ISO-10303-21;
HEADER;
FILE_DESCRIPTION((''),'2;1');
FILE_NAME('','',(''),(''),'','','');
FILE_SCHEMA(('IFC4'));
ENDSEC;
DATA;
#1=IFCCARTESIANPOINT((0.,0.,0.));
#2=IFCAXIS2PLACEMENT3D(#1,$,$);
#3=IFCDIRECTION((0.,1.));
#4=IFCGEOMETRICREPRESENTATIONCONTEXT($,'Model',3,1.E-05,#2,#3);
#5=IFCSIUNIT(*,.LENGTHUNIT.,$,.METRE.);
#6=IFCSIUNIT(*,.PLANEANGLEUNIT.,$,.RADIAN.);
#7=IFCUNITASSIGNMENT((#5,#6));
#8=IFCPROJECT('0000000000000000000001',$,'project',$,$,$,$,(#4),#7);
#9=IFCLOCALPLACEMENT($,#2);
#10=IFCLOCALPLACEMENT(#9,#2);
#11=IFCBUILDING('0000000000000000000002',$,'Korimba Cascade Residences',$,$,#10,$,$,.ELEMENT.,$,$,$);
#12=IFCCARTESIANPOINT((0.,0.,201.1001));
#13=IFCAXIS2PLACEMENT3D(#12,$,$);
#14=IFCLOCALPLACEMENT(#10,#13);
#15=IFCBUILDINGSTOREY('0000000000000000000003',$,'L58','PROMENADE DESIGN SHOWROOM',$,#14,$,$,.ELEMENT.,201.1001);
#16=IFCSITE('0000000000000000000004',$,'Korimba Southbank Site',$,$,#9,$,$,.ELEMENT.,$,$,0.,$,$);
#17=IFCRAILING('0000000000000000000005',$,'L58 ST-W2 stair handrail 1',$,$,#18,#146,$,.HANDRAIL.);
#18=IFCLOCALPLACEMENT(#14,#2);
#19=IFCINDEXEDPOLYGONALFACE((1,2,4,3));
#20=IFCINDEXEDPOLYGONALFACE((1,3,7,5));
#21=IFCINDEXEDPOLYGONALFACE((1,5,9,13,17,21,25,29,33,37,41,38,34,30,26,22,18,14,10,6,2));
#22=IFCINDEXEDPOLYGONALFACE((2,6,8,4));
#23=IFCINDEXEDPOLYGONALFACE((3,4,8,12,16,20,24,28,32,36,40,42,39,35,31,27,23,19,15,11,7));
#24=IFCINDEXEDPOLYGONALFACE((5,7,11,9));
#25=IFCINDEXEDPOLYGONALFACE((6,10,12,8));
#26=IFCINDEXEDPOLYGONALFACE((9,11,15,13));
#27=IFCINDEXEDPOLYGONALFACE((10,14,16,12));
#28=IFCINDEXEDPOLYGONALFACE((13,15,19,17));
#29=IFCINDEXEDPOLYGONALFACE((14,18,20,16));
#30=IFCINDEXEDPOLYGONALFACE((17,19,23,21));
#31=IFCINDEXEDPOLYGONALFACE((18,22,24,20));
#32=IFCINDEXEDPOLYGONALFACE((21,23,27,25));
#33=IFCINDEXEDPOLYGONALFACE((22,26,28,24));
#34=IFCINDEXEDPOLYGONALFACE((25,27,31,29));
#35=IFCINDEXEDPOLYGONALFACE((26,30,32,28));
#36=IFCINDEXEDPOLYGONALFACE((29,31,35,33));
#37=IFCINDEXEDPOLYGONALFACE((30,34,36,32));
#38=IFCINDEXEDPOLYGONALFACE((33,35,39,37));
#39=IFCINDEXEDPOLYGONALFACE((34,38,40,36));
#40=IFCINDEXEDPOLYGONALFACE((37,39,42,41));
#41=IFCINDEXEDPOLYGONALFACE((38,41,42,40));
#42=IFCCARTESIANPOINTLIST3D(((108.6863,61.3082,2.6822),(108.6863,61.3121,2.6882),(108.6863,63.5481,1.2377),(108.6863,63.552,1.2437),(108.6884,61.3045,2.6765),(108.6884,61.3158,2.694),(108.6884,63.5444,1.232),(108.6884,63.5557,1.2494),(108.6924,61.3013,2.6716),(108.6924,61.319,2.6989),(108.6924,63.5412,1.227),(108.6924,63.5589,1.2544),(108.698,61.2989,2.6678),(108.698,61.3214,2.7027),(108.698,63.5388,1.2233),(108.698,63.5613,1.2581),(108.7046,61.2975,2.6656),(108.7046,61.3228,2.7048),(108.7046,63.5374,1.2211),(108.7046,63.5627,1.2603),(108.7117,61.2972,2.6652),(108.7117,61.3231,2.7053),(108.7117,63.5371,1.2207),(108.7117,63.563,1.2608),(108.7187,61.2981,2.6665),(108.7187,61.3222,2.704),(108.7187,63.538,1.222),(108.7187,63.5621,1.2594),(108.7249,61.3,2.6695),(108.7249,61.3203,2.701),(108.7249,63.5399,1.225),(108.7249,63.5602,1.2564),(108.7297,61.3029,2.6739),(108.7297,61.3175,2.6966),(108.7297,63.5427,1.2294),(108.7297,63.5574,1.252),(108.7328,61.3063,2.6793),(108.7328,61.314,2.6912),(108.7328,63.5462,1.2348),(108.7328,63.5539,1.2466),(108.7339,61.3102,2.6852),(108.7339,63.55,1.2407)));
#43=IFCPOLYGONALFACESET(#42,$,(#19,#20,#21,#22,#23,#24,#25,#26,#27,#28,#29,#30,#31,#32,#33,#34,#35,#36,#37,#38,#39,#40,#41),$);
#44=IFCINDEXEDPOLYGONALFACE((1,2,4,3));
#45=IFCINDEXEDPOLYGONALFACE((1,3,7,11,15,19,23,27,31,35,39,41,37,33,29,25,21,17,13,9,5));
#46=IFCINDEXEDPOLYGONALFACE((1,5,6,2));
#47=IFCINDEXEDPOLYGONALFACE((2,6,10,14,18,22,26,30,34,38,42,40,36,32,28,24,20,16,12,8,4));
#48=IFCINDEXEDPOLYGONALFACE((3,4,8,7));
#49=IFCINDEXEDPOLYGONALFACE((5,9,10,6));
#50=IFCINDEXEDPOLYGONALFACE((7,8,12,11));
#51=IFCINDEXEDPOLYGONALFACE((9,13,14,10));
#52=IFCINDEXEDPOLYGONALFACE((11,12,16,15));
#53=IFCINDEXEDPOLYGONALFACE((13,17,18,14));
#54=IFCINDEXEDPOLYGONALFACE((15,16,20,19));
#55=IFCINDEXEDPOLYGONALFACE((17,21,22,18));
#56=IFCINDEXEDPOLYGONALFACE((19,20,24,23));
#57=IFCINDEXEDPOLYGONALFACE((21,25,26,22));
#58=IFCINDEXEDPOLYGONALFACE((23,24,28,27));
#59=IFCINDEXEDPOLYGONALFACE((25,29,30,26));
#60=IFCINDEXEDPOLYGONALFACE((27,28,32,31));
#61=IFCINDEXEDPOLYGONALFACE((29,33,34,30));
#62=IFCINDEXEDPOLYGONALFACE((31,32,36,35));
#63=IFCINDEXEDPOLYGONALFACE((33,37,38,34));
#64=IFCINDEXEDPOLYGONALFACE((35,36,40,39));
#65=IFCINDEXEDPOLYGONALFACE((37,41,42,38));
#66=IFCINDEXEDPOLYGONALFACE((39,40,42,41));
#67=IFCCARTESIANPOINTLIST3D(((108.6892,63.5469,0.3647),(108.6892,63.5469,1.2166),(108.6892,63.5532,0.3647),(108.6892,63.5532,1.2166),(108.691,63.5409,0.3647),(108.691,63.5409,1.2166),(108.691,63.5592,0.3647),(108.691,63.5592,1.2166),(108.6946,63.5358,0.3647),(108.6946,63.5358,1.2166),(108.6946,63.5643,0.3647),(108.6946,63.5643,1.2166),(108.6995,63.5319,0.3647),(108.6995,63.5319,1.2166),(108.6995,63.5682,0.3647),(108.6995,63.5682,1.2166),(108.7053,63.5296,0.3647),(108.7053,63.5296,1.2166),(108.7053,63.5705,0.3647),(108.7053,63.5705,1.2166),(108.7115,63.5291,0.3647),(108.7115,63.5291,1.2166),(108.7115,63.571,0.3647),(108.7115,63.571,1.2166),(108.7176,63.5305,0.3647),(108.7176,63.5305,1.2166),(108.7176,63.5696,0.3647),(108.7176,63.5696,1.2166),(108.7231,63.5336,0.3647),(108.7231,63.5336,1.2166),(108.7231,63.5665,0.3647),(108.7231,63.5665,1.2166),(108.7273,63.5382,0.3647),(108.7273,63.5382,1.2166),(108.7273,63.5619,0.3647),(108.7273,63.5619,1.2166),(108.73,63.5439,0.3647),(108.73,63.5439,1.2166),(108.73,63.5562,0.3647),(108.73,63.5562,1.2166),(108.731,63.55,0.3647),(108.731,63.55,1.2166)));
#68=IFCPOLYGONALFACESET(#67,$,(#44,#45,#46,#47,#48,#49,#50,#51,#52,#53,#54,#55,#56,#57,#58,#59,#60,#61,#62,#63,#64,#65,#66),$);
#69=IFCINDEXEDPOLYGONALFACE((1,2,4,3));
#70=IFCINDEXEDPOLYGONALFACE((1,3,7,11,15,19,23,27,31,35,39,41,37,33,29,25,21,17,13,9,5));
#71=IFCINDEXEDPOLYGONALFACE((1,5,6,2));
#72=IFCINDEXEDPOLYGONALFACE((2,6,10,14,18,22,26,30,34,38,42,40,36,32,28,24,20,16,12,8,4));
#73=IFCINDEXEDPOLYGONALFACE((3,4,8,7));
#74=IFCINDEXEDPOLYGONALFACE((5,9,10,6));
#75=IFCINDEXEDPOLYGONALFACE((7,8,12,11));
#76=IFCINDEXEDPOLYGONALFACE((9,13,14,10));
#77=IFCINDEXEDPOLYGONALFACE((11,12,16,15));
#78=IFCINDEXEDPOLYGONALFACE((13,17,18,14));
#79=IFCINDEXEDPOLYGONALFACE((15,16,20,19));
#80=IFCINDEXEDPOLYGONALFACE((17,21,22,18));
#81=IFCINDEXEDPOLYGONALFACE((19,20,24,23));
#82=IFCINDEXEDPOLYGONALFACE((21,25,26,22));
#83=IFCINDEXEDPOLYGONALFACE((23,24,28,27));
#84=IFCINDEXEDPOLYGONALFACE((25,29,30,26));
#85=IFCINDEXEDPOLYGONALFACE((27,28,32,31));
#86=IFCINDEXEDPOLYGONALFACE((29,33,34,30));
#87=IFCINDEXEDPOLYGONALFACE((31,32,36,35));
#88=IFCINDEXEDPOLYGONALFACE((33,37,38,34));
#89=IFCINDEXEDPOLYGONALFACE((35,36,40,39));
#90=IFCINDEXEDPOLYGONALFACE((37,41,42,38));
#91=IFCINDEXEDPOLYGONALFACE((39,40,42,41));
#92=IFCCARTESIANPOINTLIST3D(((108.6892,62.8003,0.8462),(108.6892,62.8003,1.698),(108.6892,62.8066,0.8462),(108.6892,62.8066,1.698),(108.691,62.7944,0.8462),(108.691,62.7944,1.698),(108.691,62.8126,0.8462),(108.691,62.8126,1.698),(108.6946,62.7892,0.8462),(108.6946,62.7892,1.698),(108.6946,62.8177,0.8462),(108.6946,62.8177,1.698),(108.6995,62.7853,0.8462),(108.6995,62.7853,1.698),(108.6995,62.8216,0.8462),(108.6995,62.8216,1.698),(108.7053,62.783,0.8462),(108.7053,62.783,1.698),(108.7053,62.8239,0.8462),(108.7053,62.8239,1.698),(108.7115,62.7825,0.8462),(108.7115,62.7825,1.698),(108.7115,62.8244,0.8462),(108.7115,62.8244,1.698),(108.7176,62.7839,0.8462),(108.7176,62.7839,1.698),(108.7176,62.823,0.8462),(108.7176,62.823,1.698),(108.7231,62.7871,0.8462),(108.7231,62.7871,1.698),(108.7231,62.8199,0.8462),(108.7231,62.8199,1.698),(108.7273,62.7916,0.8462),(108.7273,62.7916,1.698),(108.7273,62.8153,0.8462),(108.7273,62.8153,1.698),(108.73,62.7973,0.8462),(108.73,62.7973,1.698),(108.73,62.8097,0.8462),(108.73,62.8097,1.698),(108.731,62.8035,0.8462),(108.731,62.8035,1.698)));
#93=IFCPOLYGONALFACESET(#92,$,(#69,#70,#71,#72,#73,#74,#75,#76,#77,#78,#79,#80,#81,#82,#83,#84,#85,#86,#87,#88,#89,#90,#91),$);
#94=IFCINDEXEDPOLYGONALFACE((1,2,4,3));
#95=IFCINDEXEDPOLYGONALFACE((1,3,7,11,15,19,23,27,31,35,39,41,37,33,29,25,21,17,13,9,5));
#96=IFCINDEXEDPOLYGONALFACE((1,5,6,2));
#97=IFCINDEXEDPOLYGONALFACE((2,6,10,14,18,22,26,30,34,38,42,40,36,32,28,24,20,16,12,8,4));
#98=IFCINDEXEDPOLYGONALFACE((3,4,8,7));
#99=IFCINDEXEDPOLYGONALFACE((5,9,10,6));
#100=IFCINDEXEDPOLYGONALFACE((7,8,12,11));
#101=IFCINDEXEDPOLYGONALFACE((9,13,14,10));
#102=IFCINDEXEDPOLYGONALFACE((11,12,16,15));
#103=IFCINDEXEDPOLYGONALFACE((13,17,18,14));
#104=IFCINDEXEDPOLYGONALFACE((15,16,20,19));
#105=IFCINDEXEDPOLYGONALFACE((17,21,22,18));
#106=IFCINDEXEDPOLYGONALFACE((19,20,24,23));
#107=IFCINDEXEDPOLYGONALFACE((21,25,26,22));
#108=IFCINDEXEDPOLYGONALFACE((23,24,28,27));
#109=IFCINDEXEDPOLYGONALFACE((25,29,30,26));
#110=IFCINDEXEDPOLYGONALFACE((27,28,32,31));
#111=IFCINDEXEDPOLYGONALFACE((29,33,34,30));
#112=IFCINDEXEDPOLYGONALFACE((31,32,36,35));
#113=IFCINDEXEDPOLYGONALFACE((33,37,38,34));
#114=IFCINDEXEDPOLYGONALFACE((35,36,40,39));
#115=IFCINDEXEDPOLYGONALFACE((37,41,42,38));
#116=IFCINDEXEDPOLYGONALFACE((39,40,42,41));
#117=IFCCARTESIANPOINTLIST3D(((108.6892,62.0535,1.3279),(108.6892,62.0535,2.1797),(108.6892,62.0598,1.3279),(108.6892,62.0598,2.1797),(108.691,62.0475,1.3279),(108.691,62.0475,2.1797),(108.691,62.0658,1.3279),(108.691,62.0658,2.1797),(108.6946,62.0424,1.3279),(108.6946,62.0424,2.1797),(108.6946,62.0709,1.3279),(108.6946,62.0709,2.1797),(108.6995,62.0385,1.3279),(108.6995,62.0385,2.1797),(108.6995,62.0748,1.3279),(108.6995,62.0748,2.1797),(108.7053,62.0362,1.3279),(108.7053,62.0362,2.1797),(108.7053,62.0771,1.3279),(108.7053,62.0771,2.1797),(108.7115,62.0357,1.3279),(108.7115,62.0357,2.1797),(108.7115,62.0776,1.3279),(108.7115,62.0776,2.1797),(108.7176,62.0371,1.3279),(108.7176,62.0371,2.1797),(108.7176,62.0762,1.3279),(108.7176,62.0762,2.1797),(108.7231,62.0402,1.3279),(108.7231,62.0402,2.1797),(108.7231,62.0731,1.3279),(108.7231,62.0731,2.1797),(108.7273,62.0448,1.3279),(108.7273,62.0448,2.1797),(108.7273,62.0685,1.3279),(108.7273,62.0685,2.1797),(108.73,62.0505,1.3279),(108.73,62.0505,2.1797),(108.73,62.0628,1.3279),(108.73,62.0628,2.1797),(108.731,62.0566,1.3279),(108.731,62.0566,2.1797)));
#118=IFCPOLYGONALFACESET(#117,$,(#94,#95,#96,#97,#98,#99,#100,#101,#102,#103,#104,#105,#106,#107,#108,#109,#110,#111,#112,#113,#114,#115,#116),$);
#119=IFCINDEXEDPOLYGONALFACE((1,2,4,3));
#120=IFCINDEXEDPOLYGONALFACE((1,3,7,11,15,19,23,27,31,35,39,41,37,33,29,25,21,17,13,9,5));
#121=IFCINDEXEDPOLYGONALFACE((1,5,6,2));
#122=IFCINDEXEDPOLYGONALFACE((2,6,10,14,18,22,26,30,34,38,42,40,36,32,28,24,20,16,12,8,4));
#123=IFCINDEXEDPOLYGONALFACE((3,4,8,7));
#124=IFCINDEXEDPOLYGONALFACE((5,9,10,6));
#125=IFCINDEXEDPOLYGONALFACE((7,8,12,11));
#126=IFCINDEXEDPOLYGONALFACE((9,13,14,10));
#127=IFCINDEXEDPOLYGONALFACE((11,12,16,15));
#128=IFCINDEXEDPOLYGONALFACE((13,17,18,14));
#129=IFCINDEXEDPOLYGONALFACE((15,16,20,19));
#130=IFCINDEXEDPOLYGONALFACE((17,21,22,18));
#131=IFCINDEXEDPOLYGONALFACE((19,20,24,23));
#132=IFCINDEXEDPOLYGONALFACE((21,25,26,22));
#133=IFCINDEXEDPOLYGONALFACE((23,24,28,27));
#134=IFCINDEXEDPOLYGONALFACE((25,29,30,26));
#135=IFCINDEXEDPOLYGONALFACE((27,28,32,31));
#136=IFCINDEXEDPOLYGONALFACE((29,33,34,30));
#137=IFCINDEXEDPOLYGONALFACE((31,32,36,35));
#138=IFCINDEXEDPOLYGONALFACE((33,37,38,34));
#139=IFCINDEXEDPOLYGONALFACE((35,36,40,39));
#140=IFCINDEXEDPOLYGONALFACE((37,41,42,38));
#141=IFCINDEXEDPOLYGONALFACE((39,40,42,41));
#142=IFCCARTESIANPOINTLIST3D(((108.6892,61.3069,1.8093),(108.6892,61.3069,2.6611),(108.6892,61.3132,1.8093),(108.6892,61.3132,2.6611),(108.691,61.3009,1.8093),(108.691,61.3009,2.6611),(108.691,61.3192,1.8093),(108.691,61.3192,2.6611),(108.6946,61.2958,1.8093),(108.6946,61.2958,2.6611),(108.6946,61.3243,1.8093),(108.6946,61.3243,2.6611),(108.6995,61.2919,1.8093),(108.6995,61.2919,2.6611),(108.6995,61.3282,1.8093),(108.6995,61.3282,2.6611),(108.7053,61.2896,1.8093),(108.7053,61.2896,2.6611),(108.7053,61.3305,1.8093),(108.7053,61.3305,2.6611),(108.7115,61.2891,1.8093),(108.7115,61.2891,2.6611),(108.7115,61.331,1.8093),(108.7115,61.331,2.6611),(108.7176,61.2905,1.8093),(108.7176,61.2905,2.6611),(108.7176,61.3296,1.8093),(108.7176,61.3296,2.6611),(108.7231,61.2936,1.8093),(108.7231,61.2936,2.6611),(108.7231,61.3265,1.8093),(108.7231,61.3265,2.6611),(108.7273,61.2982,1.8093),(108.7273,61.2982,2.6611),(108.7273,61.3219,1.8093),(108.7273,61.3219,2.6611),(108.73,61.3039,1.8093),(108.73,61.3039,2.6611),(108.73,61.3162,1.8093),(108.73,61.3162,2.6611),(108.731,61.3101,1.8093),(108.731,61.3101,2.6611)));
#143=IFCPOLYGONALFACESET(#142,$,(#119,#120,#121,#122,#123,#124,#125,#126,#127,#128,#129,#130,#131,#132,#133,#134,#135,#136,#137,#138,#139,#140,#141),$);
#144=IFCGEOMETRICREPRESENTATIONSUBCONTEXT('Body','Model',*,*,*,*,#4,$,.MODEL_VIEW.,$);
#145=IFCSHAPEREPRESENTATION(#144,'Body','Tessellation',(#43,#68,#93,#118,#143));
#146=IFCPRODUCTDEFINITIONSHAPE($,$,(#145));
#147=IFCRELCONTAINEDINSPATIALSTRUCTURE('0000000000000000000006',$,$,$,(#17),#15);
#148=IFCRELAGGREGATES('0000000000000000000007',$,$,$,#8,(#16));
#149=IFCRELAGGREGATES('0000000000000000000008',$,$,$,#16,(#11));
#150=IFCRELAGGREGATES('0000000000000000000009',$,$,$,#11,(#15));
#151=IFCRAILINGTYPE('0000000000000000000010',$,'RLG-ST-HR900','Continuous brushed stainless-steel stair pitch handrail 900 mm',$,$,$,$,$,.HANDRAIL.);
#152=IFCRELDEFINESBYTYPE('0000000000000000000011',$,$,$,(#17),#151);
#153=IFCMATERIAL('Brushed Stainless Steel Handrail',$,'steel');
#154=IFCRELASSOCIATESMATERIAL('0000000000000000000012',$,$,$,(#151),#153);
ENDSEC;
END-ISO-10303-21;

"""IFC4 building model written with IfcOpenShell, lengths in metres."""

from ifc_helpers import new_model, si_unit, direction, frame, origin, origin_2d, place, context, subcontext, project, spatial, circle, extrude, material, type_object, element, save


model = new_model("IFC4")

# Units and contexts
model_context = context("Model", 3, precision=1e-05, world=origin(), true_north=direction((0.0, 1.0)))
body_context = subcontext(model_context, "Body", "Model", "MODEL_VIEW")
ifc_project = project(units=[si_unit("LENGTHUNIT", "METRE"), si_unit("PLANEANGLEUNIT", "RADIAN")], contexts=[model_context])

# Site, building, storey
site_placement = place(None, origin())
site = spatial("IfcSite", under=ifc_project, at=site_placement, Name="Korimba Southbank Site", CompositionType="ELEMENT", RefElevation=0.0)
building_placement = place(site_placement, origin())
building = spatial("IfcBuilding", under=site, at=building_placement, Name="Korimba Cascade Residences", CompositionType="ELEMENT")
storey_placement = place(building_placement, frame((0.0, 0.0, 201.1001)))
storey = spatial("IfcBuildingStorey", under=building, at=storey_placement, Name="L58", Description="PROMENADE DESIGN SHOWROOM", CompositionType="ELEMENT", Elevation=201.1001)

# Railing
ifc_material_1 = material(Name="Brushed Stainless Steel Handrail", Category="steel")
railing_type_1 = type_object("IfcRailingType", Name="RLG-ST-HR900", Description="Continuous brushed stainless-steel stair pitch handrail 900 mm", PredefinedType="HANDRAIL", material=ifc_material_1)
railing_1_placement = place(storey_placement, frame((108.71, 63.55, 0.3647)))
element("IfcRailing", 1, at=railing_1_placement, inside=storey, type_object=railing_type_1, Name="L58 ST-W2 stair handrail 1", PredefinedType="HANDRAIL", context=body_context, shape_type="SweptSolid", body=[
    extrude(circle(Radius=0.0239, at=origin_2d()), frame((0.0, 0.0, 0.876), z_axis=(0.0, -0.840395, 0.541975), x_axis=(1.0, 0.0, 0.0)), (0.0, 0.0, 1.0), 2.6653),
    extrude(circle(Radius=0.021, at=origin_2d()), origin(), (0.0, 0.0, 1.0), 0.8518),
    extrude(circle(Radius=0.021, at=origin_2d()), frame((0.0, -0.7466, 0.4814)), (0.0, 0.0, 1.0), 0.8518),
    extrude(circle(Radius=0.021, at=origin_2d()), frame((0.0, -1.4934, 0.9631)), (0.0, 0.0, 1.0), 0.8518),
    extrude(circle(Radius=0.021, at=origin_2d()), frame((0.0, -2.24, 1.4446)), (0.0, 0.0, 1.0), 0.8518),
])

save(model, "model.ifc")
